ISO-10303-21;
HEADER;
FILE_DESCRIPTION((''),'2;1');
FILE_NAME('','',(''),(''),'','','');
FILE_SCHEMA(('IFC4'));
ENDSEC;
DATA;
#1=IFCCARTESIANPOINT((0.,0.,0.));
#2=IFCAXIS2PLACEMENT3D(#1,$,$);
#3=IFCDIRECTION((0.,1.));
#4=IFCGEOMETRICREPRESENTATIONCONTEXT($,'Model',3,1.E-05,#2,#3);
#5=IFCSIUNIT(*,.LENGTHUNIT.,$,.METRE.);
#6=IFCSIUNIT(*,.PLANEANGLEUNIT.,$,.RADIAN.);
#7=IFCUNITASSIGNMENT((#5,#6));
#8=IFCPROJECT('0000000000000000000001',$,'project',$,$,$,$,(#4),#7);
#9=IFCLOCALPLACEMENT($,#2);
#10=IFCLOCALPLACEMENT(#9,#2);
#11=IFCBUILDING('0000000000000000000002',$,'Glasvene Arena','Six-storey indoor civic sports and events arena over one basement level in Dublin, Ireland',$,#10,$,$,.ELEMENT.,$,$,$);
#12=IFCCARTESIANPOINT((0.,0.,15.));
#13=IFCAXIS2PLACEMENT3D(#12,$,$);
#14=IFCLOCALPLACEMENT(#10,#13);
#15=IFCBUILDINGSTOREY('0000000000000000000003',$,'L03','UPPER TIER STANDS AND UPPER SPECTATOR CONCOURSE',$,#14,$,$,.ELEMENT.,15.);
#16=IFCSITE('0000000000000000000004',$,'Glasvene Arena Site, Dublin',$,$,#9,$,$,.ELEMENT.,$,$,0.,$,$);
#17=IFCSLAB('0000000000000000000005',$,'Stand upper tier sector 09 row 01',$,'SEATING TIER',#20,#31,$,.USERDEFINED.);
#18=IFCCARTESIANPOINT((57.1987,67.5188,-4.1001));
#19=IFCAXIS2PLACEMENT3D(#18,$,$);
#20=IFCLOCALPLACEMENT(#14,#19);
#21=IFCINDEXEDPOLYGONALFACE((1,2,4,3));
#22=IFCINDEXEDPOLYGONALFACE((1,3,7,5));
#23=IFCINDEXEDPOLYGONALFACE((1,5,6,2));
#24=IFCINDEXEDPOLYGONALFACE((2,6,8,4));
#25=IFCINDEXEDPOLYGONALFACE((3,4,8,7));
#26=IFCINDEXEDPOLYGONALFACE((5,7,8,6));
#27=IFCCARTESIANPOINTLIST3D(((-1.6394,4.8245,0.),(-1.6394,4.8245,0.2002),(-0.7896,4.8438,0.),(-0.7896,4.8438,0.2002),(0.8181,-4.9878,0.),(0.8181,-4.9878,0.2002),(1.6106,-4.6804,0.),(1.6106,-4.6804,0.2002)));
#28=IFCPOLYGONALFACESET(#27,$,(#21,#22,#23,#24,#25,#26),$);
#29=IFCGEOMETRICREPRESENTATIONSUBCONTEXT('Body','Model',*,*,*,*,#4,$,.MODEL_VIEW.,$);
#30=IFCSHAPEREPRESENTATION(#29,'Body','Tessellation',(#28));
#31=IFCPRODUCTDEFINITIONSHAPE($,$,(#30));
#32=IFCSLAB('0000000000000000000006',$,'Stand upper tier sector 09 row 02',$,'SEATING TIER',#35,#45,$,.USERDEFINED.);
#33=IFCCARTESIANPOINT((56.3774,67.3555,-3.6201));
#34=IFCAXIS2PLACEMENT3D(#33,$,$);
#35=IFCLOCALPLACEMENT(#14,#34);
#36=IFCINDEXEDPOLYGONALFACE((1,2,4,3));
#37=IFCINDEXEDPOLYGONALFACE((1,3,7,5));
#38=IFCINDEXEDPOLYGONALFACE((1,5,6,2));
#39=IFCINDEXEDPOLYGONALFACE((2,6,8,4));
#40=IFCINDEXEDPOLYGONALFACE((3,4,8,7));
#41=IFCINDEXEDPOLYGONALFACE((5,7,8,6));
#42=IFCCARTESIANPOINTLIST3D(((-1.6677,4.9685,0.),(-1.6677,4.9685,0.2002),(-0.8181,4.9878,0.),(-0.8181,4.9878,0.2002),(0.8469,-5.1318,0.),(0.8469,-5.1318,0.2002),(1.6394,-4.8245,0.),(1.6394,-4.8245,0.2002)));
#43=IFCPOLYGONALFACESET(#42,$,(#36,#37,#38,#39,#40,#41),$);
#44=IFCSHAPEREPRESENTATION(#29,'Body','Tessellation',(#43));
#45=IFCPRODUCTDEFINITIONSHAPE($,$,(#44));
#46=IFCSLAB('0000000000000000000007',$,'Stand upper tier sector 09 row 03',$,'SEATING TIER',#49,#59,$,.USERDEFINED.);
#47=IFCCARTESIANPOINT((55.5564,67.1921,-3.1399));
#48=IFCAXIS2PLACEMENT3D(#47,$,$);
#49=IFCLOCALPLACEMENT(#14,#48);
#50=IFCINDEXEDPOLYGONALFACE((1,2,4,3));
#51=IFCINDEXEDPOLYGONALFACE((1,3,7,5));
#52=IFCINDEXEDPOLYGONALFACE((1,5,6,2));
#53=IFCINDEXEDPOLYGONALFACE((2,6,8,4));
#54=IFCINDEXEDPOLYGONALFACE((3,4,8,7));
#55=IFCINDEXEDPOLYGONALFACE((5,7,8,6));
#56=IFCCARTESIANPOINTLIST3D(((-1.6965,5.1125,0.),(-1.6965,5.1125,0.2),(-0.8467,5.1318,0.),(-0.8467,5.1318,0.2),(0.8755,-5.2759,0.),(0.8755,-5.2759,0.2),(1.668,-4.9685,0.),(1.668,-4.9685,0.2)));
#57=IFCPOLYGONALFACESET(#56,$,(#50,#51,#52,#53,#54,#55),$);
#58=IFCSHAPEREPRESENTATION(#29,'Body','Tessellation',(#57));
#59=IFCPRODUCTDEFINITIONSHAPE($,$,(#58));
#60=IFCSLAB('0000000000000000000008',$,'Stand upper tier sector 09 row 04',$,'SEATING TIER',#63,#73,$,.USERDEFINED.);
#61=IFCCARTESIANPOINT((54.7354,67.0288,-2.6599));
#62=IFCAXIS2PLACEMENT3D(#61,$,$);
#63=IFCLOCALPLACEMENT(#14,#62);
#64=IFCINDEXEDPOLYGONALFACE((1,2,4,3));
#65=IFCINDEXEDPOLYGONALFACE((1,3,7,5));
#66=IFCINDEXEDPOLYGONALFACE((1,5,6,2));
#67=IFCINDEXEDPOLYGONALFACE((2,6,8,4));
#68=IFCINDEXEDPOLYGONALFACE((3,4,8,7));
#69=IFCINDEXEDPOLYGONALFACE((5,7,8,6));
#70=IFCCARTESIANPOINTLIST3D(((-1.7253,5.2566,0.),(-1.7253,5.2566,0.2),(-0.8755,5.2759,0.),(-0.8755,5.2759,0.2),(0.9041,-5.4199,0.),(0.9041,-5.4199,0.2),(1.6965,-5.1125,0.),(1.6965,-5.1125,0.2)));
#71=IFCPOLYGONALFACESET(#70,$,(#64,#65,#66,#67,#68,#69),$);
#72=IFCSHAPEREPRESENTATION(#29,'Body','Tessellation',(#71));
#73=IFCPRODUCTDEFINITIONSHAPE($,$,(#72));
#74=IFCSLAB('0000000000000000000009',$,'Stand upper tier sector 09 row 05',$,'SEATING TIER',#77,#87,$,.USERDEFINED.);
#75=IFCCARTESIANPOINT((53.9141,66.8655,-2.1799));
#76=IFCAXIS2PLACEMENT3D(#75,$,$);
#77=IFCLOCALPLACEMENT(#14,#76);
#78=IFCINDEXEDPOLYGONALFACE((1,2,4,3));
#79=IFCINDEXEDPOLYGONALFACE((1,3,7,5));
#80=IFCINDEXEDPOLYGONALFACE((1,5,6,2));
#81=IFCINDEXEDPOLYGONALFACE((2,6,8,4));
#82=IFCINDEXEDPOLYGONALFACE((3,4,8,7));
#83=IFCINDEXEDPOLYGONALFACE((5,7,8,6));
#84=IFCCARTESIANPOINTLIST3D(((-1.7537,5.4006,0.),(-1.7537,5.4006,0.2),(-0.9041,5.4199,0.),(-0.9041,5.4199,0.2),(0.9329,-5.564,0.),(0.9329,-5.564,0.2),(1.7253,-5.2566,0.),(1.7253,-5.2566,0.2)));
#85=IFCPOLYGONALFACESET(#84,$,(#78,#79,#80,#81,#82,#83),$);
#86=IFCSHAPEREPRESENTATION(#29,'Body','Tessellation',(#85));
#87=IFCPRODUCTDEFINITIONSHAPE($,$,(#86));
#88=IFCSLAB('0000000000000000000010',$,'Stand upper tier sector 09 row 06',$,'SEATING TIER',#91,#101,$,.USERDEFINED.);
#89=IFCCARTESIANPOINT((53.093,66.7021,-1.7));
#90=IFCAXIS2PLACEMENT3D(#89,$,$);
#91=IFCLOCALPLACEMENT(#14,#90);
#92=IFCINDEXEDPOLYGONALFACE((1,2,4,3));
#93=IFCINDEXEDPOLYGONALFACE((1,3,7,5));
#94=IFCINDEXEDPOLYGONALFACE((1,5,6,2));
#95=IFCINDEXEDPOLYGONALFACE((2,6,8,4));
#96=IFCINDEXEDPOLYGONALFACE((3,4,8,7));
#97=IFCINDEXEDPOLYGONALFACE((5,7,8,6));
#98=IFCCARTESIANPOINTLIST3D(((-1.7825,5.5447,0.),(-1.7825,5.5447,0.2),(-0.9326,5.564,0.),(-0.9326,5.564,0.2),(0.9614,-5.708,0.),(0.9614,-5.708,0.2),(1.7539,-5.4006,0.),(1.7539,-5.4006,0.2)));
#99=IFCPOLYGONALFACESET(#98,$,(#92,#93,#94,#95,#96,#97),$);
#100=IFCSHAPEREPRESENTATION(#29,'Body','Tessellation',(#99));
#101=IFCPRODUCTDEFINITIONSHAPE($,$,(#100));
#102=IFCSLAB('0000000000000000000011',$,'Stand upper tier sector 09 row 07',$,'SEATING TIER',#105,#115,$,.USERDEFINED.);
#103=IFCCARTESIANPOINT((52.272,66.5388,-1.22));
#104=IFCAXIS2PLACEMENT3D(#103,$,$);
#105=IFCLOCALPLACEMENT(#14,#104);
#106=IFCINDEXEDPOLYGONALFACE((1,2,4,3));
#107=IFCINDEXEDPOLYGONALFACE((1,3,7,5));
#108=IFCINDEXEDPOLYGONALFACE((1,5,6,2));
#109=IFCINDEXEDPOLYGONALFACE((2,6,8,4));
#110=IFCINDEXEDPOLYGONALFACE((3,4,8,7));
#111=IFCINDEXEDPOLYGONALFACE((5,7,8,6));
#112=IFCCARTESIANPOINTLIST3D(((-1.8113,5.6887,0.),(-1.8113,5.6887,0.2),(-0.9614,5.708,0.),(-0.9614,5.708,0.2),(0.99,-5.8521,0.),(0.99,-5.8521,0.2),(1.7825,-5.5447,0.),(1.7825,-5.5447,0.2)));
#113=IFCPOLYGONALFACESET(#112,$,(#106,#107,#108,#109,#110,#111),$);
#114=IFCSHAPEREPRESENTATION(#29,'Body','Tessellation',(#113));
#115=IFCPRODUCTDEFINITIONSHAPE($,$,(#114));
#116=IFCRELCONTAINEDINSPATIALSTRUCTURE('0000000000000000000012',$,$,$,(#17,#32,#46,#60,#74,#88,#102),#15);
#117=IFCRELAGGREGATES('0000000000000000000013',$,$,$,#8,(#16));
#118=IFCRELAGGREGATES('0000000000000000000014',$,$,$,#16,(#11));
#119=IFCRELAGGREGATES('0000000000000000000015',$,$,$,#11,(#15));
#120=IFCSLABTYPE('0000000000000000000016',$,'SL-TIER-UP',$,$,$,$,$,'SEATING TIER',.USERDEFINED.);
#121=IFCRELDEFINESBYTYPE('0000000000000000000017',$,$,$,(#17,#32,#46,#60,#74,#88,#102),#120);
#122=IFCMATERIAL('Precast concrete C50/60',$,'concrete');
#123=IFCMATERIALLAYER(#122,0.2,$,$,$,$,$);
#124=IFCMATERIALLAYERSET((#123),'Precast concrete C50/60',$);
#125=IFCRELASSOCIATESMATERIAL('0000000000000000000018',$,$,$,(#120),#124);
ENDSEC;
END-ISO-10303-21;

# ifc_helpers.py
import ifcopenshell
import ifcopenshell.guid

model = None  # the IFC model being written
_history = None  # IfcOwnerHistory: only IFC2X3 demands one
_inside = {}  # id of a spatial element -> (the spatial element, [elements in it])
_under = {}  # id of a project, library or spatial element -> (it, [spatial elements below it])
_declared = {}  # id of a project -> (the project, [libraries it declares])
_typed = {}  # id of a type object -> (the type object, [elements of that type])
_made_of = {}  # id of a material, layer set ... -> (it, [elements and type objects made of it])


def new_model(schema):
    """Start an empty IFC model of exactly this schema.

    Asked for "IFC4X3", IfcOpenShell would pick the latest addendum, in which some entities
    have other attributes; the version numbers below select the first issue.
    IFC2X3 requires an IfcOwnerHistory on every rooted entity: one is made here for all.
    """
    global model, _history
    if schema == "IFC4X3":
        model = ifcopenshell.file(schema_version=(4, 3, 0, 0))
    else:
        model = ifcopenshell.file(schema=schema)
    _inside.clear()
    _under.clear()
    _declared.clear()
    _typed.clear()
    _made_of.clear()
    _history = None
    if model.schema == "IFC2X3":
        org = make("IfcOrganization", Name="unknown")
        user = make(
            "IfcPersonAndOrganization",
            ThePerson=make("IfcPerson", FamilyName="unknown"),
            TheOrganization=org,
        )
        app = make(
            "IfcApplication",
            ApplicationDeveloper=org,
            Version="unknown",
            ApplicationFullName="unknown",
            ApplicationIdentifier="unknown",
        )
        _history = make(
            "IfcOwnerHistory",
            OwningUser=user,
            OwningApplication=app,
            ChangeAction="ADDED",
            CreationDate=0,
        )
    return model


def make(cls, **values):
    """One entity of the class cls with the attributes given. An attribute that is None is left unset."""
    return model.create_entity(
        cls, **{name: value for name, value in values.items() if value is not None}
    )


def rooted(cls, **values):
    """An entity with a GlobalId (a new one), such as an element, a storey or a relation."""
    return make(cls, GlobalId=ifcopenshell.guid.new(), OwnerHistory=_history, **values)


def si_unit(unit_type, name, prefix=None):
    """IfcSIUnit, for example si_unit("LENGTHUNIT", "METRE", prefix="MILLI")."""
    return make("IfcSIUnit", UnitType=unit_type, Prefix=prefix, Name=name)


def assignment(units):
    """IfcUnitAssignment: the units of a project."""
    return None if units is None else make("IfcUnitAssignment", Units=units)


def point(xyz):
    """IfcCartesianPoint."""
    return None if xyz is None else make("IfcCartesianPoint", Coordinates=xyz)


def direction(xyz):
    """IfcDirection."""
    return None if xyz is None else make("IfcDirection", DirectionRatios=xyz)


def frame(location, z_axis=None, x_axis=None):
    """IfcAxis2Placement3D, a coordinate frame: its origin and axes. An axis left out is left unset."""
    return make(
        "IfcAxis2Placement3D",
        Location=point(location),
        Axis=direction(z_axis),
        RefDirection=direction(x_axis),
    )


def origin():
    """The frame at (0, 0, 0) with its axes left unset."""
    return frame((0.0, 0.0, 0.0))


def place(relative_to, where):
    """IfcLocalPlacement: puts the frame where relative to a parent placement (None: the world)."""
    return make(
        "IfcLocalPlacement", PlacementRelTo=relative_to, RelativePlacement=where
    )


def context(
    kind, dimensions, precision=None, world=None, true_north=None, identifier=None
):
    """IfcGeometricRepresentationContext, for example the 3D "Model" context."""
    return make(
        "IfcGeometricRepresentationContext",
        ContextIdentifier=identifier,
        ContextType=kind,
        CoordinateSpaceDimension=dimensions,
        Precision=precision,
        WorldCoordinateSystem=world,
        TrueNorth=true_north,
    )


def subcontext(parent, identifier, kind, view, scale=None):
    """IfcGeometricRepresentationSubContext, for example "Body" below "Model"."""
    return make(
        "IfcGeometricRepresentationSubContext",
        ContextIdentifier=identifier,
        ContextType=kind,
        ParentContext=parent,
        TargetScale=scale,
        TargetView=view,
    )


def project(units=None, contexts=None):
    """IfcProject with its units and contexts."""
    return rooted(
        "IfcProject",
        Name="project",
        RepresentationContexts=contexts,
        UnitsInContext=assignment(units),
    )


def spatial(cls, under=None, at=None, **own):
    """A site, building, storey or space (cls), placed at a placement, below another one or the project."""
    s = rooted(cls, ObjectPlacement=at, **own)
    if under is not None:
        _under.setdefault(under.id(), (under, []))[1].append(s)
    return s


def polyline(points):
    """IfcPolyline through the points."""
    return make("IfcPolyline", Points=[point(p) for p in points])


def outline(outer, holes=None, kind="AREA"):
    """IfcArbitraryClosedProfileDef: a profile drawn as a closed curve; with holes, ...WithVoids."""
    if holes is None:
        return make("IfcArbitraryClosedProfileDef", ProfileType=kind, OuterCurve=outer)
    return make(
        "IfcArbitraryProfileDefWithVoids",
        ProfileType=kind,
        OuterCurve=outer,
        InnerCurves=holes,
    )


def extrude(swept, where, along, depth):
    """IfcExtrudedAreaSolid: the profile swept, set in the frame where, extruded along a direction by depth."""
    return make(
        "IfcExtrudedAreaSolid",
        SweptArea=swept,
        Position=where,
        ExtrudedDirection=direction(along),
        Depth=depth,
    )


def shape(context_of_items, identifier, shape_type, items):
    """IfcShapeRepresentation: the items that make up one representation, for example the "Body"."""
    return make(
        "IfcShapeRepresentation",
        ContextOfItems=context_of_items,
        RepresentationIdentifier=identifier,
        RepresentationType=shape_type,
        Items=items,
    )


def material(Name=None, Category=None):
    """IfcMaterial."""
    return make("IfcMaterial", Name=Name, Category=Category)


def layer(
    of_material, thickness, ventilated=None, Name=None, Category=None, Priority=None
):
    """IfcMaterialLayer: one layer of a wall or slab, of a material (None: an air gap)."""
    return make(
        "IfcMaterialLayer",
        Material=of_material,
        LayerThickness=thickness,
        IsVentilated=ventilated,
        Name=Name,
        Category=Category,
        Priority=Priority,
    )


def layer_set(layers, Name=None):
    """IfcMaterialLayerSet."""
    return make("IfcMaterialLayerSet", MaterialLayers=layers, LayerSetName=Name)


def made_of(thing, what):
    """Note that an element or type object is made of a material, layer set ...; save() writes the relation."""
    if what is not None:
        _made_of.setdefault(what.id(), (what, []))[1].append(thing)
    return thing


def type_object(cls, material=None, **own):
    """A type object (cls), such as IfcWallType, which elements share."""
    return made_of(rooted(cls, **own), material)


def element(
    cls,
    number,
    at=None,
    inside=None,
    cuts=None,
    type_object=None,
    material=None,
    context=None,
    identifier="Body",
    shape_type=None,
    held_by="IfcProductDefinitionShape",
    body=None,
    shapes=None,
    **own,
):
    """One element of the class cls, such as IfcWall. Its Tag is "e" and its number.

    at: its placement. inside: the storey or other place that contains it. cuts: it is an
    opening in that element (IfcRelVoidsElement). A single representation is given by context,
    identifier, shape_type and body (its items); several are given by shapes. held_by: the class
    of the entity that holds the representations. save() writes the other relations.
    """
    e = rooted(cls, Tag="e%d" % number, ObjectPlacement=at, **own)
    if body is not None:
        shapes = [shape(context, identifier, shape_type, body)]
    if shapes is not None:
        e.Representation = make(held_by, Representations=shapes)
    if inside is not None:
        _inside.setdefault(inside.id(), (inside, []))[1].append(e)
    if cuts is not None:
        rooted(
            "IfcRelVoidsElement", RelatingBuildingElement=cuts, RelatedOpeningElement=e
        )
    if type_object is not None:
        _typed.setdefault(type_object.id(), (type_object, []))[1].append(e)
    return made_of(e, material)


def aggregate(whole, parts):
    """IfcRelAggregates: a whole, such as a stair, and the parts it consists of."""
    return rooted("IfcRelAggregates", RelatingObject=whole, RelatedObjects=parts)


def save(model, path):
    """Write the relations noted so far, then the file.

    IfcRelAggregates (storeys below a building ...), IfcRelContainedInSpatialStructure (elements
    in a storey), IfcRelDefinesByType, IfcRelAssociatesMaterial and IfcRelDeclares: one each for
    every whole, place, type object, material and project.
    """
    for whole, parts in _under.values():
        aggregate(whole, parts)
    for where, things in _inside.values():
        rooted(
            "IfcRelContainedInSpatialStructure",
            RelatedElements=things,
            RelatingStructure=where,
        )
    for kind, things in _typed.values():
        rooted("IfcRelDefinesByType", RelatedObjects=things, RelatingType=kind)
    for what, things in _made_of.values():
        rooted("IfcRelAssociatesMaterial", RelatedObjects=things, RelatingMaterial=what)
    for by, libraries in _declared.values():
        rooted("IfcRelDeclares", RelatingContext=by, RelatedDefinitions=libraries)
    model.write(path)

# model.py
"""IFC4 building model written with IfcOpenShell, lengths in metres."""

from ifc_helpers import new_model, si_unit, direction, frame, origin, place, context, subcontext, project, spatial, polyline, outline, extrude, material, layer, layer_set, type_object, element, save


model = new_model("IFC4")

# Units and contexts
model_context = context("Model", 3, precision=1e-05, world=origin(), true_north=direction((0.0, 1.0)))
body_context = subcontext(model_context, "Body", "Model", "MODEL_VIEW")
ifc_project = project(units=[si_unit("LENGTHUNIT", "METRE"), si_unit("PLANEANGLEUNIT", "RADIAN")], contexts=[model_context])

# Site, building, storey
site_placement = place(None, origin())
site = spatial("IfcSite", under=ifc_project, at=site_placement, Name="Glasvene Arena Site, Dublin", CompositionType="ELEMENT", RefElevation=0.0)
building_placement = place(site_placement, origin())
building = spatial("IfcBuilding", under=site, at=building_placement, Name="Glasvene Arena", Description="Six-storey indoor civic sports and events arena over one basement level in Dublin, Ireland", CompositionType="ELEMENT")
storey_placement = place(building_placement, frame((0.0, 0.0, 15.0)))
storey = spatial("IfcBuildingStorey", under=building, at=storey_placement, Name="L03", Description="UPPER TIER STANDS AND UPPER SPECTATOR CONCOURSE", CompositionType="ELEMENT", Elevation=15.0)

# Shared definitions
ifc_material_1 = material(Name="Precast concrete C50/60", Category="concrete")

# Slabs
ifc_layer = layer(ifc_material_1, 0.2)
ifc_layer_set = layer_set([ifc_layer], Name="Precast concrete C50/60")
slab_type = type_object("IfcSlabType", Name="SL-TIER-UP", ElementType="SEATING TIER", PredefinedType="USERDEFINED", material=ifc_layer_set)
slab_1_placement = place(storey_placement, frame((57.1987, 67.5188, -4.1001)))
element("IfcSlab", 1, at=slab_1_placement, inside=storey, type_object=slab_type, Name="Stand upper tier sector 09 row 01", ObjectType="SEATING TIER", PredefinedType="USERDEFINED", context=body_context, shape_type="SweptSolid", body=[
    extrude(outline(polyline([(-0.7896, 4.8438), (1.6106, -4.6804), (0.8181, -4.9878), (-1.6394, 4.8245), (-0.7896, 4.8438)])), origin(), (0.0, 0.0, 1.0), 0.2002),
])
slab_2_placement = place(storey_placement, frame((56.3774, 67.3555, -3.6201)))
element("IfcSlab", 2, at=slab_2_placement, inside=storey, type_object=slab_type, Name="Stand upper tier sector 09 row 02", ObjectType="SEATING TIER", PredefinedType="USERDEFINED", context=body_context, shape_type="SweptSolid", body=[
    extrude(outline(polyline([(-0.8181, 4.9878), (1.6394, -4.8245), (0.8469, -5.1318), (-1.6677, 4.9685), (-0.8181, 4.9878)])), origin(), (0.0, 0.0, 1.0), 0.2002),
])
slab_3_placement = place(storey_placement, frame((55.5564, 67.1921, -3.1399)))
element("IfcSlab", 3, at=slab_3_placement, inside=storey, type_object=slab_type, Name="Stand upper tier sector 09 row 03", ObjectType="SEATING TIER", PredefinedType="USERDEFINED", context=body_context, shape_type="SweptSolid", body=[
    extrude(outline(polyline([(-0.8467, 5.1318), (1.668, -4.9685), (0.8755, -5.2759), (-1.6965, 5.1125), (-0.8467, 5.1318)])), origin(), (0.0, 0.0, 1.0), 0.2),
])
slab_4_placement = place(storey_placement, frame((54.7354, 67.0288, -2.6599)))
element("IfcSlab", 4, at=slab_4_placement, inside=storey, type_object=slab_type, Name="Stand upper tier sector 09 row 04", ObjectType="SEATING TIER", PredefinedType="USERDEFINED", context=body_context, shape_type="SweptSolid", body=[
    extrude(outline(polyline([(-0.8755, 5.2759), (1.6965, -5.1125), (0.9041, -5.4199), (-1.7253, 5.2566), (-0.8755, 5.2759)])), origin(), (0.0, 0.0, 1.0), 0.2),
])
slab_5_placement = place(storey_placement, frame((53.9141, 66.8655, -2.1799)))
element("IfcSlab", 5, at=slab_5_placement, inside=storey, type_object=slab_type, Name="Stand upper tier sector 09 row 05", ObjectType="SEATING TIER", PredefinedType="USERDEFINED", context=body_context, shape_type="SweptSolid", body=[
    extrude(outline(polyline([(-0.9041, 5.4199), (1.7253, -5.2566), (0.9329, -5.564), (-1.7537, 5.4006), (-0.9041, 5.4199)])), origin(), (0.0, 0.0, 1.0), 0.2),
])
slab_6_placement = place(storey_placement, frame((53.093, 66.7021, -1.7)))
element("IfcSlab", 6, at=slab_6_placement, inside=storey, type_object=slab_type, Name="Stand upper tier sector 09 row 06", ObjectType="SEATING TIER", PredefinedType="USERDEFINED", context=body_context, shape_type="SweptSolid", body=[
    extrude(outline(polyline([(-0.9326, 5.564), (1.7539, -5.4006), (0.9614, -5.708), (-1.7825, 5.5447), (-0.9326, 5.564)])), origin(), (0.0, 0.0, 1.0), 0.2),
])
slab_7_placement = place(storey_placement, frame((52.272, 66.5388, -1.22)))
element("IfcSlab", 7, at=slab_7_placement, inside=storey, type_object=slab_type, Name="Stand upper tier sector 09 row 07", ObjectType="SEATING TIER", PredefinedType="USERDEFINED", context=body_context, shape_type="SweptSolid", body=[
    extrude(outline(polyline([(-0.9614, 5.708), (1.7825, -5.5447), (0.99, -5.8521), (-1.8113, 5.6887), (-0.9614, 5.708)])), origin(), (0.0, 0.0, 1.0), 0.2),
])

save(model, "model.ifc")
